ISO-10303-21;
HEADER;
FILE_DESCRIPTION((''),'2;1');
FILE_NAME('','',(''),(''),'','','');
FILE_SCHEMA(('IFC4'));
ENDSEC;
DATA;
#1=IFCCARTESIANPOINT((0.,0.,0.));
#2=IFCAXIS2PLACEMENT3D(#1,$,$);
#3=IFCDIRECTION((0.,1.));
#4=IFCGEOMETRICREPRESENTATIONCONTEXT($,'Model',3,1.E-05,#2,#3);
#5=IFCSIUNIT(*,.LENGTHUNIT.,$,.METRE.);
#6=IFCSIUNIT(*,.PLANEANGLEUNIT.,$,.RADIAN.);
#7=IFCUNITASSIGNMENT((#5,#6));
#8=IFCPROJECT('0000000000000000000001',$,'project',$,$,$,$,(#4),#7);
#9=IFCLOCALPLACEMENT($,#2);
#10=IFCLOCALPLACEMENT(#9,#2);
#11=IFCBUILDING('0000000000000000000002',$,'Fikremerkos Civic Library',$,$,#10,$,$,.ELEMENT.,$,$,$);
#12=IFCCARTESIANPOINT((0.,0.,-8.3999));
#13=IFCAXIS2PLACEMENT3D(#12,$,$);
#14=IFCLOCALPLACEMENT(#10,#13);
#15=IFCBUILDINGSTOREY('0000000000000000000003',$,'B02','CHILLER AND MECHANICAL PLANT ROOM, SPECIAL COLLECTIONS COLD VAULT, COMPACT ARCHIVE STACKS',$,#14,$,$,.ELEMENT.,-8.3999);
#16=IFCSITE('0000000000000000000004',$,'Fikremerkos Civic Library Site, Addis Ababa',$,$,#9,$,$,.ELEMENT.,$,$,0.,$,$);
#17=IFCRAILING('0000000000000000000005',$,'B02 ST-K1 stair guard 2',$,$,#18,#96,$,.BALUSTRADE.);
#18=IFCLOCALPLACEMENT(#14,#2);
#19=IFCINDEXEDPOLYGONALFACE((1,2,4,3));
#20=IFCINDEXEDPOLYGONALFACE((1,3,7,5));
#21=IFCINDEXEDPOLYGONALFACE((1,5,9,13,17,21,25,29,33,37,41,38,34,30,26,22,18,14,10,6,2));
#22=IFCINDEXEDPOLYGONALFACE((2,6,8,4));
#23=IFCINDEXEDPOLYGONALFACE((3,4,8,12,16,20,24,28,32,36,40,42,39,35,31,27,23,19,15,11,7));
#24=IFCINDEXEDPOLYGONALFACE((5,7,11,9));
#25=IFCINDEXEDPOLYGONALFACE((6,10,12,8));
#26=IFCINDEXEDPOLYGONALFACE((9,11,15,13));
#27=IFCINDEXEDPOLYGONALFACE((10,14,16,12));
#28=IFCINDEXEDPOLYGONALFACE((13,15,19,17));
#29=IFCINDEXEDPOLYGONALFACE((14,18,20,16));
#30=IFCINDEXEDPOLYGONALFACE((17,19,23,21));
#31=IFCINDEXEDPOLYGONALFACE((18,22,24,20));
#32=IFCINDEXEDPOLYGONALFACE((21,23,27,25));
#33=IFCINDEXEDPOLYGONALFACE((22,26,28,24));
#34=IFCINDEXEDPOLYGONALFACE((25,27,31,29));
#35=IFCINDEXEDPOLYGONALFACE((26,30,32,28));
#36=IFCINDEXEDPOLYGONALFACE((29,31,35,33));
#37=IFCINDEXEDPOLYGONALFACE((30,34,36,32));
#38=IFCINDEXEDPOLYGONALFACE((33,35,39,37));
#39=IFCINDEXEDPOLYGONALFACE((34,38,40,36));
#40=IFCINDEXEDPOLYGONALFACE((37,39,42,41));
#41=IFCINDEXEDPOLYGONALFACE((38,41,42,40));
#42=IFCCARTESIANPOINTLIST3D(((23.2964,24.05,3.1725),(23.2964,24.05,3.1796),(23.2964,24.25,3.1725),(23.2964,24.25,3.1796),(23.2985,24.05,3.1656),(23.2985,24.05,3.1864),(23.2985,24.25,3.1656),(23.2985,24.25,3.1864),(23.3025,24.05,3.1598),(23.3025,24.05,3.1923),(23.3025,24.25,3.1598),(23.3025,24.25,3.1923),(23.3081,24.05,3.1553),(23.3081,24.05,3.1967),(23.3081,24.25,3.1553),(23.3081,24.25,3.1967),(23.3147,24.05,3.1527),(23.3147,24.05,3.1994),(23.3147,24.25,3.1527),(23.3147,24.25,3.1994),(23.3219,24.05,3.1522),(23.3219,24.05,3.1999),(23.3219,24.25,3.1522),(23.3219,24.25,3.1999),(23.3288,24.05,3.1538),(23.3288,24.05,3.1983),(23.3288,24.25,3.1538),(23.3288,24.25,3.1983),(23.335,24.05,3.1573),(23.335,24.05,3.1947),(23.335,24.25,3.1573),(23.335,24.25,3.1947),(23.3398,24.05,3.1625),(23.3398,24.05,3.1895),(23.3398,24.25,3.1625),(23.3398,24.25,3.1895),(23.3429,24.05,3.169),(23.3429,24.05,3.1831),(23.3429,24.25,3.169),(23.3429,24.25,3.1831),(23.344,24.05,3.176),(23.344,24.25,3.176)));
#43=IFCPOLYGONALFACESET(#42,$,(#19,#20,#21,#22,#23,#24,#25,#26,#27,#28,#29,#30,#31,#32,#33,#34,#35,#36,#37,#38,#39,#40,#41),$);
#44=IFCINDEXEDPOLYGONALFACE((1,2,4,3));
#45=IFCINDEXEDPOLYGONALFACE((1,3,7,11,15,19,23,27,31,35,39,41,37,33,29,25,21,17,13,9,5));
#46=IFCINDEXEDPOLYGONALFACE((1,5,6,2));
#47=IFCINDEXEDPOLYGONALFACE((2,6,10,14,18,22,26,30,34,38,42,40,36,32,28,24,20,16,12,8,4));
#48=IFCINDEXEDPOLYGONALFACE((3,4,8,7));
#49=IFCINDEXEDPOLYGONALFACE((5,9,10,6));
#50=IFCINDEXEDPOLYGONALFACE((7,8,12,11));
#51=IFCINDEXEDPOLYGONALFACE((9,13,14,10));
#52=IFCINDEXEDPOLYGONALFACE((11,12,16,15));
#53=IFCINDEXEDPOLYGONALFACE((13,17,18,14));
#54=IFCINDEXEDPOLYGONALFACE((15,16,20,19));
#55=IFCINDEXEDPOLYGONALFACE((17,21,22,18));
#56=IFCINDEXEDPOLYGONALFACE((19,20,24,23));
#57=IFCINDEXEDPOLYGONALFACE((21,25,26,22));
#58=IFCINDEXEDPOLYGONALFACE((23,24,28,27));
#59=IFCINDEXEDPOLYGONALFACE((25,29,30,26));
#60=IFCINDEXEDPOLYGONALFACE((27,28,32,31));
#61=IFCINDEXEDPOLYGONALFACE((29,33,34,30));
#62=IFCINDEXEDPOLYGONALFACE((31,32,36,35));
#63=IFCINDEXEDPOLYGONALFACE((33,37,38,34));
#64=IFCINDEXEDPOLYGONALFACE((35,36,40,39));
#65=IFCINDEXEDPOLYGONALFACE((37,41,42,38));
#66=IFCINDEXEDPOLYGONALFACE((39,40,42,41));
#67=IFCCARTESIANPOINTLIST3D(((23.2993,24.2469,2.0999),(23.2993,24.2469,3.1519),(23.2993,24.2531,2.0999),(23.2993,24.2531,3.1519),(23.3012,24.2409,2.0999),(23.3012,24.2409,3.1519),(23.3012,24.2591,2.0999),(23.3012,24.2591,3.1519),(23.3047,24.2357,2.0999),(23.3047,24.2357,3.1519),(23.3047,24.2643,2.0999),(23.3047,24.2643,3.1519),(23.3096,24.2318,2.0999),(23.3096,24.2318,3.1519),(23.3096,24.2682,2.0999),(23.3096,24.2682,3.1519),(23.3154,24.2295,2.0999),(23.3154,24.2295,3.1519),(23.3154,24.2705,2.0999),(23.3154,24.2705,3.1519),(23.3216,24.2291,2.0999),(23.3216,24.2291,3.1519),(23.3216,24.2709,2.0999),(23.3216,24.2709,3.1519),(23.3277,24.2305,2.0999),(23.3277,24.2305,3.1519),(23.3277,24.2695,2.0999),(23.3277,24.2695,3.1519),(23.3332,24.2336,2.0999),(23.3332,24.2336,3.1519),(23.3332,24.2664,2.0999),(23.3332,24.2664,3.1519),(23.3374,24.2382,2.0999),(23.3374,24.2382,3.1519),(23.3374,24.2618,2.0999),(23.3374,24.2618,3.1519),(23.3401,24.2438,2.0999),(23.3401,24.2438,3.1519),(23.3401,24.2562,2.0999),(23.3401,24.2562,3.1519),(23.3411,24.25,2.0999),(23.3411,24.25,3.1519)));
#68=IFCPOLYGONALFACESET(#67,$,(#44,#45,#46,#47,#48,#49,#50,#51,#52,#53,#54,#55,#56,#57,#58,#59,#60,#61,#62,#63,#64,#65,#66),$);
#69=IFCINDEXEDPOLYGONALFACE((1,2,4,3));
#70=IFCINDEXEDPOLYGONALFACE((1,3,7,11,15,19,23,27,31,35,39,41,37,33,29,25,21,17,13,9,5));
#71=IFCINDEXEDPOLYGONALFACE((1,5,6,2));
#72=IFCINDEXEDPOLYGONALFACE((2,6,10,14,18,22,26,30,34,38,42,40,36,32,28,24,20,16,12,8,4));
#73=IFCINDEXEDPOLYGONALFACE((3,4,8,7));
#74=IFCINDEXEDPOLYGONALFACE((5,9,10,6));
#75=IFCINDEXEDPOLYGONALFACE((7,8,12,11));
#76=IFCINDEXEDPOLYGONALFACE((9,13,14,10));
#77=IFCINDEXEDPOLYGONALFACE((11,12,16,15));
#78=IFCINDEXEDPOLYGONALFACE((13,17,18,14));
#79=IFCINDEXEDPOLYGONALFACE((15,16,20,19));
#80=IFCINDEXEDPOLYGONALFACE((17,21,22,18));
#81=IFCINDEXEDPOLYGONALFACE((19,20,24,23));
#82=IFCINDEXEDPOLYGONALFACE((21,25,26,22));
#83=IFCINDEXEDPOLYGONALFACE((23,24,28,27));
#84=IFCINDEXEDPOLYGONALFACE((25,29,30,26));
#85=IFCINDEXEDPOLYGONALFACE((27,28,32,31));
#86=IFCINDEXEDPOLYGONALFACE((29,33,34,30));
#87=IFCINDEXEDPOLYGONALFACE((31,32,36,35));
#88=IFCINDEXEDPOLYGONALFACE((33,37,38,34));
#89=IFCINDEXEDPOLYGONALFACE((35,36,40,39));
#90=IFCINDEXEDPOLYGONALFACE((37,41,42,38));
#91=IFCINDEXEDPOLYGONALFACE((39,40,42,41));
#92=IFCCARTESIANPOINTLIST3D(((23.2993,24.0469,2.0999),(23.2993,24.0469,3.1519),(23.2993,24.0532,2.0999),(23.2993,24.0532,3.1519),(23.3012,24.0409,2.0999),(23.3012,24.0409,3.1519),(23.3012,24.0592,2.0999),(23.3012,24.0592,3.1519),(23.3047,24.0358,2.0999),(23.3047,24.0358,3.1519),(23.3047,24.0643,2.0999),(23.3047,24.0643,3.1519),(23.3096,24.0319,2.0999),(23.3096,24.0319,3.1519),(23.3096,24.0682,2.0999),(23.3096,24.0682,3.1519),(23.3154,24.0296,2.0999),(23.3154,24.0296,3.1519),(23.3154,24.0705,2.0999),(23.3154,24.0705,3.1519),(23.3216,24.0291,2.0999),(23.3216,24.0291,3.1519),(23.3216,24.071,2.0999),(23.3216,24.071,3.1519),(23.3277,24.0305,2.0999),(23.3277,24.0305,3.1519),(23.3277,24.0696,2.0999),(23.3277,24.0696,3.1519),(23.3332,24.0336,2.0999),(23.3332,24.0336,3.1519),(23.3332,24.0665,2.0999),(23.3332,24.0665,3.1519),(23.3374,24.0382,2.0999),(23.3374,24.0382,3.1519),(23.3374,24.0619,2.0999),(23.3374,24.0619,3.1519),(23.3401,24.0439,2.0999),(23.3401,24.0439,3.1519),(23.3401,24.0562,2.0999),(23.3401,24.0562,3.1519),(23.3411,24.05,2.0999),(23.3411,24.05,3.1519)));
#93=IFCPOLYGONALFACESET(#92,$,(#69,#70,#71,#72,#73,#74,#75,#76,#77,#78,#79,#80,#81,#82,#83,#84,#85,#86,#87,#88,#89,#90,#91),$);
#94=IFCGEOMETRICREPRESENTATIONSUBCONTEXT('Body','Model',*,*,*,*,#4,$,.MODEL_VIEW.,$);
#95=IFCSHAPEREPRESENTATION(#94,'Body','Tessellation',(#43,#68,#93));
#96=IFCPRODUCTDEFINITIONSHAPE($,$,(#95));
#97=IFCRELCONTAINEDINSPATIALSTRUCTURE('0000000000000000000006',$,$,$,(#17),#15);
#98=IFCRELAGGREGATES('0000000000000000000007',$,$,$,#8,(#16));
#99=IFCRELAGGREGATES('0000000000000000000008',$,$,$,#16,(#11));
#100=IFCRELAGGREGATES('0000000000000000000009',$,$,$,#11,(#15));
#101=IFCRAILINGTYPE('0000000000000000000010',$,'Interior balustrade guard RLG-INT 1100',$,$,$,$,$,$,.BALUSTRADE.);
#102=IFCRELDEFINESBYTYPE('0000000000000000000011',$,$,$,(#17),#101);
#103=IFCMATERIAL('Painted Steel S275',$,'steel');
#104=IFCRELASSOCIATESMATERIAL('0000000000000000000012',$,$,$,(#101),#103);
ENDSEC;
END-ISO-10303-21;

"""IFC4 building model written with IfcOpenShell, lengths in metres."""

from ifc_helpers import new_model, si_unit, direction, frame, origin, origin_2d, place, context, subcontext, project, spatial, circle, extrude, material, type_object, element, save


model = new_model("IFC4")

# Units and contexts
model_context = context("Model", 3, precision=1e-05, world=origin(), true_north=direction((0.0, 1.0)))
body_context = subcontext(model_context, "Body", "Model", "MODEL_VIEW")
ifc_project = project(units=[si_unit("LENGTHUNIT", "METRE"), si_unit("PLANEANGLEUNIT", "RADIAN")], contexts=[model_context])

# Site, building, storey
site_placement = place(None, origin())
site = spatial("IfcSite", under=ifc_project, at=site_placement, Name="Fikremerkos Civic Library Site, Addis Ababa", CompositionType="ELEMENT", RefElevation=0.0)
building_placement = place(site_placement, origin())
building = spatial("IfcBuilding", under=site, at=building_placement, Name="Fikremerkos Civic Library", CompositionType="ELEMENT")
storey_placement = place(building_placement, frame((0.0, 0.0, -8.3999)))
storey = spatial("IfcBuildingStorey", under=building, at=storey_placement, Name="B02", Description="CHILLER AND MECHANICAL PLANT ROOM, SPECIAL COLLECTIONS COLD VAULT, COMPACT ARCHIVE STACKS", CompositionType="ELEMENT", Elevation=-8.3999)

# Railing
ifc_material_1 = material(Name="Painted Steel S275", Category="steel")
railing_type_1 = type_object("IfcRailingType", Name="Interior balustrade guard RLG-INT 1100", PredefinedType="BALUSTRADE", material=ifc_material_1)
railing_1_placement = place(storey_placement, frame((23.3201, 24.25, 2.0999)))
element("IfcRailing", 1, at=railing_1_placement, inside=storey, type_object=railing_type_1, Name="B02 ST-K1 stair guard 2", PredefinedType="BALUSTRADE", context=body_context, shape_type="SweptSolid", body=[
    extrude(circle(Radius=0.0239, at=origin_2d()), frame((0.0, 0.0, 1.0762), z_axis=(0.0, -1.0, 0.0), x_axis=(1.0, 0.0, 0.0)), (0.0, 0.0, 1.0), 0.2),
    extrude(circle(Radius=0.021, at=origin_2d()), origin(), (0.0, 0.0, 1.0), 1.052),
    extrude(circle(Radius=0.021, at=origin_2d()), frame((0.0, -0.2, 0.0)), (0.0, 0.0, 1.0), 1.052),
])

save(model, "model.ifc")
